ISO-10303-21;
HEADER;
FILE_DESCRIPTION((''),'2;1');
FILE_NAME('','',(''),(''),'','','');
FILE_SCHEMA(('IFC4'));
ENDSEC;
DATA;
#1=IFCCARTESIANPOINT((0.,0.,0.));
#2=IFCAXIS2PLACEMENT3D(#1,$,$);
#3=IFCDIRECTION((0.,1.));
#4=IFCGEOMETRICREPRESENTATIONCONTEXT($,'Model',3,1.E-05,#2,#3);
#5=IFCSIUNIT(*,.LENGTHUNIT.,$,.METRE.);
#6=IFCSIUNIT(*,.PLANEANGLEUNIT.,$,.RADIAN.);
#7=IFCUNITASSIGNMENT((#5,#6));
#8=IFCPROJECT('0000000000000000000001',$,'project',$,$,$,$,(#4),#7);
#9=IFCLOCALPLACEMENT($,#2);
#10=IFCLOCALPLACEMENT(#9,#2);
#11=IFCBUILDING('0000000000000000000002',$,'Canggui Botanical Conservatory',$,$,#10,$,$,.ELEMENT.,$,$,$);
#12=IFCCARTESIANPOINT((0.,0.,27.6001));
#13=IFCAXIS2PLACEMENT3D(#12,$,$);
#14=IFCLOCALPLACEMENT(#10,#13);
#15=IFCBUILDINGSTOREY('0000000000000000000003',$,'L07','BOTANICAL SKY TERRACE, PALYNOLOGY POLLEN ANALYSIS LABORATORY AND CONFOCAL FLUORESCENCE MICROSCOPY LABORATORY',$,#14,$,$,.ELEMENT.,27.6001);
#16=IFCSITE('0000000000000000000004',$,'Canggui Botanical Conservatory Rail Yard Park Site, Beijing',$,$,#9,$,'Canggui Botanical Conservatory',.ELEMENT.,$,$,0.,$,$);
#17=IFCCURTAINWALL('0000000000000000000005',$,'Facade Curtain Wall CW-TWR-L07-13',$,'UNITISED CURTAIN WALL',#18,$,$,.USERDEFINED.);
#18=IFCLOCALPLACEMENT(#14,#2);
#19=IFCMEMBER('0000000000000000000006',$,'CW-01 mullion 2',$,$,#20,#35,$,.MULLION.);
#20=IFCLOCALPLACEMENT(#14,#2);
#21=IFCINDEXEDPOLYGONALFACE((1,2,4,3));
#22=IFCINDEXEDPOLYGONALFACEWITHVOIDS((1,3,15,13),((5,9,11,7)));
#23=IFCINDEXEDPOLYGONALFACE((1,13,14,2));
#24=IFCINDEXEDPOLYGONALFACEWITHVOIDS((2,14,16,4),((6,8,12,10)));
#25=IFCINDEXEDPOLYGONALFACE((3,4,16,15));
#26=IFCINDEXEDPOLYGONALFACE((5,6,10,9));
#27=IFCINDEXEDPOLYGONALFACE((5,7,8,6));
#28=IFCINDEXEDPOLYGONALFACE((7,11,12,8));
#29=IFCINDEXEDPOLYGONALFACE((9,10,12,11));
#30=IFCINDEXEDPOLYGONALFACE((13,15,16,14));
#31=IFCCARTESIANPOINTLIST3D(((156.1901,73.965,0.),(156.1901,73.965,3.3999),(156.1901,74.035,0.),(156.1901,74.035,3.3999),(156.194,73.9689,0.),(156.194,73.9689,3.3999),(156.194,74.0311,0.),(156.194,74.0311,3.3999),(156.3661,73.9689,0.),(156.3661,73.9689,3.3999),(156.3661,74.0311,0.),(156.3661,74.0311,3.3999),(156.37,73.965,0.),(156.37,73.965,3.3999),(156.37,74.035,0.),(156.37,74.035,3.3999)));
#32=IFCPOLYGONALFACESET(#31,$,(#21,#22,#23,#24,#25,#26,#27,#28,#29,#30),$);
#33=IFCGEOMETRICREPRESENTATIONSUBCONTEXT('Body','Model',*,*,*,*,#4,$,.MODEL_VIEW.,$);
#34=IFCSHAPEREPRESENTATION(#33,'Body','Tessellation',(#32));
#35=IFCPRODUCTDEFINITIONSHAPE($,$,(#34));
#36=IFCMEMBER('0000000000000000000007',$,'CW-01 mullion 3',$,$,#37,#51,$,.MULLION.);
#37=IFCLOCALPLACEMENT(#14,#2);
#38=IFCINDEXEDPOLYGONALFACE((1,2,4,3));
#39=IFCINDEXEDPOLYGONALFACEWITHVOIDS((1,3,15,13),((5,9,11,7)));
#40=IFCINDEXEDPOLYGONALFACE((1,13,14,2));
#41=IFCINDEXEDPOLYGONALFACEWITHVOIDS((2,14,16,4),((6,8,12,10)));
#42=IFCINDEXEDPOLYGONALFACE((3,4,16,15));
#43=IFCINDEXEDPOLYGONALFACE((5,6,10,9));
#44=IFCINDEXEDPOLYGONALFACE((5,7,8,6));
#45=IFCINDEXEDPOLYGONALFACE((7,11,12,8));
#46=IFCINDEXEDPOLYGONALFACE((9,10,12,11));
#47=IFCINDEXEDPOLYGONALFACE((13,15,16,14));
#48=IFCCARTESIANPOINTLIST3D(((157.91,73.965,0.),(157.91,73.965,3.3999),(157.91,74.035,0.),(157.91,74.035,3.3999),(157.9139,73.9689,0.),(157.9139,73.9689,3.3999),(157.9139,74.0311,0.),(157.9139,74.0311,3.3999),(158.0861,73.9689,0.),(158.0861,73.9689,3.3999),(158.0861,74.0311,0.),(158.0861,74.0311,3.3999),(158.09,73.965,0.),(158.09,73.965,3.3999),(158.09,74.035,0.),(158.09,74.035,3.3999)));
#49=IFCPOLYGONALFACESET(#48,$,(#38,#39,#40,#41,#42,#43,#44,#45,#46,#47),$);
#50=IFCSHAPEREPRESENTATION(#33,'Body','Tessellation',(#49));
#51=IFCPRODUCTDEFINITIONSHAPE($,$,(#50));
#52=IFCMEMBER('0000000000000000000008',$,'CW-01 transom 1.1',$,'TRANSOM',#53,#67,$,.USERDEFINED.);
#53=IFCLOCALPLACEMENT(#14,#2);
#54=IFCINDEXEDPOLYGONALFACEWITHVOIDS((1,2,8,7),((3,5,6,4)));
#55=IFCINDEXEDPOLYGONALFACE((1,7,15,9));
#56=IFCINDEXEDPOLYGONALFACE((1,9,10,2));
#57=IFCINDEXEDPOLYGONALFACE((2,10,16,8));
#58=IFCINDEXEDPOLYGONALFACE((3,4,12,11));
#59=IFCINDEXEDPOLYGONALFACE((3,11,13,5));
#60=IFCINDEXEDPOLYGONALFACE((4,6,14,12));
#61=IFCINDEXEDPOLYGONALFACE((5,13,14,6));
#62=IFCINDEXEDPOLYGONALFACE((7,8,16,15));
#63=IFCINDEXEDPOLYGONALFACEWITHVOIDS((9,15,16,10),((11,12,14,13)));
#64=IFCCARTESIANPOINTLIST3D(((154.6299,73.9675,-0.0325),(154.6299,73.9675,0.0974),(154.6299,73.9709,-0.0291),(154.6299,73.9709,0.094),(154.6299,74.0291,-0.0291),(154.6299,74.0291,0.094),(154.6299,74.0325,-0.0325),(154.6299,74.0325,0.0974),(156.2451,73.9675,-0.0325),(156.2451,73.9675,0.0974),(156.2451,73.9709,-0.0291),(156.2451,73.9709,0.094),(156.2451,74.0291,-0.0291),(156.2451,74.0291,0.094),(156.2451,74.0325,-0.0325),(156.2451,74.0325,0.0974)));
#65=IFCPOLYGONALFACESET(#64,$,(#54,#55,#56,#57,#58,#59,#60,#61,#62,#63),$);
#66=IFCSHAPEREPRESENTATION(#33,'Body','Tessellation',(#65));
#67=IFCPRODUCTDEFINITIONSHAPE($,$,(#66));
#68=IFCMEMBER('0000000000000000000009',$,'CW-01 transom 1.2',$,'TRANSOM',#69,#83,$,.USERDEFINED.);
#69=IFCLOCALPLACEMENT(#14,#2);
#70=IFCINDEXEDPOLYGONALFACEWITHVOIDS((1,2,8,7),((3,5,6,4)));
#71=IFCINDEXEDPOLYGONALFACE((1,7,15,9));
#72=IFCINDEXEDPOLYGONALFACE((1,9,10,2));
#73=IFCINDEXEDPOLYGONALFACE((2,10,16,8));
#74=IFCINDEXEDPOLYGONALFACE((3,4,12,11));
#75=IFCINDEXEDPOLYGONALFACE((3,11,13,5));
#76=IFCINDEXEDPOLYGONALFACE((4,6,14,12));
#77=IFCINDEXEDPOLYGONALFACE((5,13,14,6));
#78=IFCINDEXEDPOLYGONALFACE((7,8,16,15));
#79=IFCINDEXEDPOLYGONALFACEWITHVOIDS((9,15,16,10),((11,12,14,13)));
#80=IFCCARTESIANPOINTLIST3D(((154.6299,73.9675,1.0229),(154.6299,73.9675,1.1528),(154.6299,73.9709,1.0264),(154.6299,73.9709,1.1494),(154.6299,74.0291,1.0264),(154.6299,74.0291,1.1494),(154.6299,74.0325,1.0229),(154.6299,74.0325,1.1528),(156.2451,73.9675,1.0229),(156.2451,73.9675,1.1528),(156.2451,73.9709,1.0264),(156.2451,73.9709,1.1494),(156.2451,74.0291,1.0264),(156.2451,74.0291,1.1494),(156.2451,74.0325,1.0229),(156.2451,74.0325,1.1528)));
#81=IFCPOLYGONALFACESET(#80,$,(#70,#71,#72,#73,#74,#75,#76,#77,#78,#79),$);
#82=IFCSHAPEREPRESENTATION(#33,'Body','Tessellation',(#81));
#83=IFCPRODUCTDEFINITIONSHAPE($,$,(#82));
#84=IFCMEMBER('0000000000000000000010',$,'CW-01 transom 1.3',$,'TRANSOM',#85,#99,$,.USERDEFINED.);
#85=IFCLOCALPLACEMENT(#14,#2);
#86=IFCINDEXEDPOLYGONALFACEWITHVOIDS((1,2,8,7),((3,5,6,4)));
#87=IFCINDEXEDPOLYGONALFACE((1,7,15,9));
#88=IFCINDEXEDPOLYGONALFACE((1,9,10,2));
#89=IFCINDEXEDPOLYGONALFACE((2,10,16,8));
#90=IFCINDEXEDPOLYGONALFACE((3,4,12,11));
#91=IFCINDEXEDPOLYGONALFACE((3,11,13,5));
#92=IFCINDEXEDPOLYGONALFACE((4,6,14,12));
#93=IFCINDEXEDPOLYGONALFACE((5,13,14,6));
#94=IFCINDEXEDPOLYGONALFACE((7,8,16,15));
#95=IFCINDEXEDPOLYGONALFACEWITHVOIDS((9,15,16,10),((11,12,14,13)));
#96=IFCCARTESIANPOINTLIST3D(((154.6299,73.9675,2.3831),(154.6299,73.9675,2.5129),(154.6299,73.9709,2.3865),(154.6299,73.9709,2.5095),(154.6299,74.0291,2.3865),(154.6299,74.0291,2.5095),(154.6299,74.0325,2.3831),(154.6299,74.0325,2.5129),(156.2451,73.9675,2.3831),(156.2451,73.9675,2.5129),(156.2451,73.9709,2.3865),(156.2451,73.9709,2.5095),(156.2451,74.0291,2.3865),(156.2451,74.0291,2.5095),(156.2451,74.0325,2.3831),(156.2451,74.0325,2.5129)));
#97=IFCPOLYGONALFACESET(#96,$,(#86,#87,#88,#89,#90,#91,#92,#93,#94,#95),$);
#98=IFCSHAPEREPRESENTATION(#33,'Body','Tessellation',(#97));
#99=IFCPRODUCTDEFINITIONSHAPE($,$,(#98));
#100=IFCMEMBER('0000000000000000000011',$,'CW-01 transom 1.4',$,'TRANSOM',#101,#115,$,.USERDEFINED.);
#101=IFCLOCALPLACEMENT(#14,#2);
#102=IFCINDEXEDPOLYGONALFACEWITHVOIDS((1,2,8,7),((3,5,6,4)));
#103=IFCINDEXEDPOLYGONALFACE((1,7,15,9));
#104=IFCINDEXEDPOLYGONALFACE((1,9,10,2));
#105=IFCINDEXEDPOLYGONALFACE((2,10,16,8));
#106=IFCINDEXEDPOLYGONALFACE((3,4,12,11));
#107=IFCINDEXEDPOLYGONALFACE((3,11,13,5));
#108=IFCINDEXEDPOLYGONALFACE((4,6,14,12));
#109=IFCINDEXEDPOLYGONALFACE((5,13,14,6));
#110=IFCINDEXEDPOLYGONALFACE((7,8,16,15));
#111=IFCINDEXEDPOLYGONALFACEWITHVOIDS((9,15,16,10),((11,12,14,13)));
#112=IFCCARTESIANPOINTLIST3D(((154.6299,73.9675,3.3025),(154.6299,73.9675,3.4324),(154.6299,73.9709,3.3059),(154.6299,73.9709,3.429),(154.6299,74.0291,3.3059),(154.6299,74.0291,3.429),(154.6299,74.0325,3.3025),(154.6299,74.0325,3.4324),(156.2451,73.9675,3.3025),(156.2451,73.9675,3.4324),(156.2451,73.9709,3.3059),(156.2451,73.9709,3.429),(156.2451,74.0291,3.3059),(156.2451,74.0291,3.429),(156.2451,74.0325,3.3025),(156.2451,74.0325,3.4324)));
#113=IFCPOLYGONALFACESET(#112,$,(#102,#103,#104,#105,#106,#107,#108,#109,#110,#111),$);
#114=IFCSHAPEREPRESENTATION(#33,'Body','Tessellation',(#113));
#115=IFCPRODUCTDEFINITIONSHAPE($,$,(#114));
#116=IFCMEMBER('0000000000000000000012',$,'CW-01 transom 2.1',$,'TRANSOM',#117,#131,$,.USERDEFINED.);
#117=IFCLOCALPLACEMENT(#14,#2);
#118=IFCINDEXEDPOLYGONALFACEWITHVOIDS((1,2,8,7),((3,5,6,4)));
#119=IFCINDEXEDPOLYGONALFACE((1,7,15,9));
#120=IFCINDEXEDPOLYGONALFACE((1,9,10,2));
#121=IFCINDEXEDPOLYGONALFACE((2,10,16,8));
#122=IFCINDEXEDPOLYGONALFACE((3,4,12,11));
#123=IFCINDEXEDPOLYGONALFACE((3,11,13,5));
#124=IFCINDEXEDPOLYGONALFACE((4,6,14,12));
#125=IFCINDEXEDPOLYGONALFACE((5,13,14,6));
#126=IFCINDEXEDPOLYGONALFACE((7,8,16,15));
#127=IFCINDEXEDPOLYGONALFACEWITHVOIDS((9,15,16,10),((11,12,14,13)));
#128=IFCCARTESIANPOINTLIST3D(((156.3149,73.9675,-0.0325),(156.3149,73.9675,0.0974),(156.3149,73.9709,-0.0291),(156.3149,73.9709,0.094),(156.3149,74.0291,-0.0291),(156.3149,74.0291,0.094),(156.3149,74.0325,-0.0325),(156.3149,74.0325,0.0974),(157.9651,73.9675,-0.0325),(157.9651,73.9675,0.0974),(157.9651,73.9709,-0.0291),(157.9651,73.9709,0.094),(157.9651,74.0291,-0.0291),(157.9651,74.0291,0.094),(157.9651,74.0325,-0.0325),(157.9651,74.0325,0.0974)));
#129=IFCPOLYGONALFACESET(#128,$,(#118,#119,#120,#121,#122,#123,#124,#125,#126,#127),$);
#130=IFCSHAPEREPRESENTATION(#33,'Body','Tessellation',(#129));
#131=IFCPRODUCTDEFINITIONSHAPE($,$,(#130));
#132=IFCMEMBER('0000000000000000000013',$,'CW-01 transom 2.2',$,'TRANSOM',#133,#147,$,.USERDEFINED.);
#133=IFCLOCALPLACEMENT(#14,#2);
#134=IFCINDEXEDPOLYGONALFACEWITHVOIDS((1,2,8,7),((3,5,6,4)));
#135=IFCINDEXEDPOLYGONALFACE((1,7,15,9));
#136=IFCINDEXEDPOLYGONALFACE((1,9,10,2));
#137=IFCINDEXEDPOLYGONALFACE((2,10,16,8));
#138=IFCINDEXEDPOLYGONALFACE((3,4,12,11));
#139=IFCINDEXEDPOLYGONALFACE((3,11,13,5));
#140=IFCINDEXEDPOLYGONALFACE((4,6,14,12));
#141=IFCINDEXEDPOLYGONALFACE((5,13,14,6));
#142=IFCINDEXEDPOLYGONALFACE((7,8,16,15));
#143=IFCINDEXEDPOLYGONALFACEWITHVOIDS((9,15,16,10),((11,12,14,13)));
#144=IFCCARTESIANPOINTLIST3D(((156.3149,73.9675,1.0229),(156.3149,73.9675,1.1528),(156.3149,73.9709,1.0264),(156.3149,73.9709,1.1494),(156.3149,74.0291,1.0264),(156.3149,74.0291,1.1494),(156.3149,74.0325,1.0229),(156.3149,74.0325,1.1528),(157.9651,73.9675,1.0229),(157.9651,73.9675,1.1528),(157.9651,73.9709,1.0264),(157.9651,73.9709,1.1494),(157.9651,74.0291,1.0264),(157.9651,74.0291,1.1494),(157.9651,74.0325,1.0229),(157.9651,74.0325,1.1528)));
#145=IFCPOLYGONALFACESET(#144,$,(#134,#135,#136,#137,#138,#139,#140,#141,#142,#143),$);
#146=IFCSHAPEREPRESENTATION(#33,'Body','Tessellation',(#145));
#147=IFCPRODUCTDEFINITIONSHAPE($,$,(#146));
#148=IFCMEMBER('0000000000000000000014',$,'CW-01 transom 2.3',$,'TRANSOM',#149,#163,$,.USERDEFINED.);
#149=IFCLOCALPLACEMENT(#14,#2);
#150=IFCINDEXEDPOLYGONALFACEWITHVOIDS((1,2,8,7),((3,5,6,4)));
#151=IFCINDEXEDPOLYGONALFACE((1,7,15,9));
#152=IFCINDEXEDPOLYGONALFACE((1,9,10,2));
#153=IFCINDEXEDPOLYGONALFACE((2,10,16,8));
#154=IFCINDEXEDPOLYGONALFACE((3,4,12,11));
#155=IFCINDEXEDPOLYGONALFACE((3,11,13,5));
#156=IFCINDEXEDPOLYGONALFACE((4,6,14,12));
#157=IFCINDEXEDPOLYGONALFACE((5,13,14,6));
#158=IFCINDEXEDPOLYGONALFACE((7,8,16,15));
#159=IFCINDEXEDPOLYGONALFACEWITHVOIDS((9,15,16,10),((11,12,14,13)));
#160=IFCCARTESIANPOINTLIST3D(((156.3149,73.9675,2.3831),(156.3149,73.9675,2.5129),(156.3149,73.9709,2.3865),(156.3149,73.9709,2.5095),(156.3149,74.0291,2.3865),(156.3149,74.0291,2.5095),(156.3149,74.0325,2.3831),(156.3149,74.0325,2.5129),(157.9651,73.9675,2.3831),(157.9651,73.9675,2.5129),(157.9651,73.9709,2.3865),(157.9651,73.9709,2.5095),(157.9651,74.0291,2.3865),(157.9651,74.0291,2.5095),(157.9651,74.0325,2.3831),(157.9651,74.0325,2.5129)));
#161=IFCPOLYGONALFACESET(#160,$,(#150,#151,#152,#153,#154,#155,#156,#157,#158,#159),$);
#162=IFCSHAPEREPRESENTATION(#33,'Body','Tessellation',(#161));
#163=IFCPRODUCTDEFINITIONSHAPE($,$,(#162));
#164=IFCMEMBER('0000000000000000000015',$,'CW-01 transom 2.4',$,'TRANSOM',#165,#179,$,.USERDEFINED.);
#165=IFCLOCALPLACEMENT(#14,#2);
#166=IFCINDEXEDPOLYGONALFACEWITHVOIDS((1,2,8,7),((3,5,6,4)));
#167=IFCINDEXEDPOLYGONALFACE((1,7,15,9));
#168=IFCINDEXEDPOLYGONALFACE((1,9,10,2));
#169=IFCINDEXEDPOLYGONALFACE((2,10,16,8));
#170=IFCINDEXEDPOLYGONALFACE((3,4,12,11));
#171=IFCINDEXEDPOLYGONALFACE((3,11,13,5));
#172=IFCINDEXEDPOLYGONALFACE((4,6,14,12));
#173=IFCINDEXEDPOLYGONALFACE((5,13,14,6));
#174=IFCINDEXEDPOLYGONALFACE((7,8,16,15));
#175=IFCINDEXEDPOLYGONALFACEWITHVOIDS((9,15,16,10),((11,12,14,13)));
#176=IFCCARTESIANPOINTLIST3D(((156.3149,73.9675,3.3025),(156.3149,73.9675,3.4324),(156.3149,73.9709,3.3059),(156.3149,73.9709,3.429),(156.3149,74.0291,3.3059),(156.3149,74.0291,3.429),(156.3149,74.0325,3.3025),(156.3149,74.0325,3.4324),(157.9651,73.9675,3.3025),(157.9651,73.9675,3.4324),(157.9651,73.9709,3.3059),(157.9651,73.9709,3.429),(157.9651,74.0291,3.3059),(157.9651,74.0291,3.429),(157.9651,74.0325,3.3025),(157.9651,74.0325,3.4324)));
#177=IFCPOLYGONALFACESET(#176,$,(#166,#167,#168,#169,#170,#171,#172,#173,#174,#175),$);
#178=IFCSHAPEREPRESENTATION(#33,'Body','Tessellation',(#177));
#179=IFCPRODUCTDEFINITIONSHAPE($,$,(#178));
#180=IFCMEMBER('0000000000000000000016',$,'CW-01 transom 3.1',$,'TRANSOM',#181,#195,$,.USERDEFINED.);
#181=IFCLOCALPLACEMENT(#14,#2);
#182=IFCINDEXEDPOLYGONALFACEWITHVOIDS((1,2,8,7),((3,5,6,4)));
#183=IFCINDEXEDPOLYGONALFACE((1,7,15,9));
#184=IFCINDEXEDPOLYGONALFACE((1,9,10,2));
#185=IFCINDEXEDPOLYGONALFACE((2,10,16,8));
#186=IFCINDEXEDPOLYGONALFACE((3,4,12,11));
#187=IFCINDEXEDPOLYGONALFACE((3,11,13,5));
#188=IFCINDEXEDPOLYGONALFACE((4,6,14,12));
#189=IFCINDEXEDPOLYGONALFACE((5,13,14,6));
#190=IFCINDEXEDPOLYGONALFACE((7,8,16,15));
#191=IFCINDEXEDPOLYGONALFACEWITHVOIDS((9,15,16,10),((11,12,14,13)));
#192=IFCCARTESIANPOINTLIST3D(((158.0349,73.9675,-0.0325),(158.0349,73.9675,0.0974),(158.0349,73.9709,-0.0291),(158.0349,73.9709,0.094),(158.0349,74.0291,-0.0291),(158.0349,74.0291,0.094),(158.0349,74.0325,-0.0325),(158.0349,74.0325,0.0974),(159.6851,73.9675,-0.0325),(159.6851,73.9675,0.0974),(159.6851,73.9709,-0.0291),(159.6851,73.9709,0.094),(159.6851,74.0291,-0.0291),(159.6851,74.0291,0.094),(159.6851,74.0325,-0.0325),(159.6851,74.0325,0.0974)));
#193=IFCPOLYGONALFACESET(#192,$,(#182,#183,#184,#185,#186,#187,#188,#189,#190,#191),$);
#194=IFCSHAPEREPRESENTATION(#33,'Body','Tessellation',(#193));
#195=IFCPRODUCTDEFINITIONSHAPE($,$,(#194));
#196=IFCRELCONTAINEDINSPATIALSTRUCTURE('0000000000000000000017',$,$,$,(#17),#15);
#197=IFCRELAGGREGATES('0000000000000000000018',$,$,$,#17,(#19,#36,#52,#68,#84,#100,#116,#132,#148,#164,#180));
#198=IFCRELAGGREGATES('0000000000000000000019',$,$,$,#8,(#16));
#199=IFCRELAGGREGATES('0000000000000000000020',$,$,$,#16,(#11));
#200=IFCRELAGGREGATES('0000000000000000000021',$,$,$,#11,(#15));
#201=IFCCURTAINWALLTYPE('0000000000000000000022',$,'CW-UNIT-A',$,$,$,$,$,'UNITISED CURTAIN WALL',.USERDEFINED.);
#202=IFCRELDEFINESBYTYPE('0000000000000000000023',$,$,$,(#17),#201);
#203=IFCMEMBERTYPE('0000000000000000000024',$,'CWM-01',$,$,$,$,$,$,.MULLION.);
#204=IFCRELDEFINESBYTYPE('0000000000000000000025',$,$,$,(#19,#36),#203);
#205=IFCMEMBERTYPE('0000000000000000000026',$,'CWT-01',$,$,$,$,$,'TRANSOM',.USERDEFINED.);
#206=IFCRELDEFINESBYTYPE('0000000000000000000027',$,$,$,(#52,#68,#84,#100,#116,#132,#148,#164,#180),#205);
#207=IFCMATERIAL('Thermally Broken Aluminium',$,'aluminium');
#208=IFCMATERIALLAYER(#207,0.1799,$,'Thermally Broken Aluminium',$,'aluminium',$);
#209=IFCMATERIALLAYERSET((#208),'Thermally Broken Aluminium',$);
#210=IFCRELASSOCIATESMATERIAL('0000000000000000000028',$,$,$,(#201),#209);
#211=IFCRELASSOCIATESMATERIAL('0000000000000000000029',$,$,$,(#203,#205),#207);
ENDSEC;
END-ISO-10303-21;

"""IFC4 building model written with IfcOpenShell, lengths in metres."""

from ifc_helpers import new_model, si_unit, direction, frame, origin, origin_2d, place, context, subcontext, project, spatial, hollow_rectangle, extrude, material, layer, layer_set, material_profile, profile_set, type_object, element, aggregate, save


model = new_model("IFC4")

# Units and contexts
model_context = context("Model", 3, precision=1e-05, world=origin(), true_north=direction((0.0, 1.0)))
body_context = subcontext(model_context, "Body", "Model", "MODEL_VIEW")
ifc_project = project(units=[si_unit("LENGTHUNIT", "METRE"), si_unit("PLANEANGLEUNIT", "RADIAN")], contexts=[model_context])

# Site, building, storey
site_placement = place(None, origin())
site = spatial("IfcSite", under=ifc_project, at=site_placement, Name="Canggui Botanical Conservatory Rail Yard Park Site, Beijing", LongName="Canggui Botanical Conservatory", CompositionType="ELEMENT", RefElevation=0.0)
building_placement = place(site_placement, origin())
building = spatial("IfcBuilding", under=site, at=building_placement, Name="Canggui Botanical Conservatory", CompositionType="ELEMENT")
storey_placement = place(building_placement, frame((0.0, 0.0, 27.6001)))
storey = spatial("IfcBuildingStorey", under=building, at=storey_placement, Name="L07", Description="BOTANICAL SKY TERRACE, PALYNOLOGY POLLEN ANALYSIS LABORATORY AND CONFOCAL FLUORESCENCE MICROSCOPY LABORATORY", CompositionType="ELEMENT", Elevation=27.6001)

# Curtain wall, members
ifc_material_1 = material(Name="Thermally Broken Aluminium", Category="aluminium")
ifc_layer_1 = layer(ifc_material_1, 0.1799, Name="Thermally Broken Aluminium", Category="aluminium")
ifc_layer_set_1 = layer_set([ifc_layer_1], Name="Thermally Broken Aluminium")
curtain_wall_type = type_object("IfcCurtainWallType", Name="CW-UNIT-A", ElementType="UNITISED CURTAIN WALL", PredefinedType="USERDEFINED", material=ifc_layer_set_1)
curtain_wall_placement = place(storey_placement, origin())
curtain_wall = element("IfcCurtainWall", 1, at=curtain_wall_placement, inside=storey, type_object=curtain_wall_type, Name="Facade Curtain Wall CW-TWR-L07-13", ObjectType="UNITISED CURTAIN WALL", PredefinedType="USERDEFINED")
ifc_material_profile_1 = material_profile(ifc_material_1, hollow_rectangle(XDim=0.0701, YDim=0.1799, WallThickness=0.0039, at=origin_2d()), Name="CWM 70x180x4")
ifc_profile_set_1 = profile_set([ifc_material_profile_1], Name="Thermally Broken Aluminium")
member_type_1 = type_object("IfcMemberType", Name="CWM-01", PredefinedType="MULLION", material=ifc_profile_set_1)
member_1_placement = place(storey_placement, frame((156.28, 74.0, 0.0), z_axis=(0.0, 0.0, 1.0), x_axis=(0.0, 1.0, 0.0)))
member_1 = element("IfcMember", 2, at=member_1_placement, type_object=member_type_1, Name="CW-01 mullion 2", PredefinedType="MULLION", context=body_context, shape_type="SweptSolid", body=[
    extrude(hollow_rectangle(XDim=0.0701, YDim=0.1799, WallThickness=0.0039, at=origin_2d()), origin(), (0.0, 0.0, 1.0), 3.3999),
])
member_2_placement = place(storey_placement, frame((158.0, 74.0, 0.0), z_axis=(0.0, 0.0, 1.0), x_axis=(0.0, 1.0, 0.0)))
member_2 = element("IfcMember", 3, at=member_2_placement, type_object=member_type_1, Name="CW-01 mullion 3", PredefinedType="MULLION", context=body_context, shape_type="SweptSolid", body=[
    extrude(hollow_rectangle(XDim=0.0701, YDim=0.1799, WallThickness=0.0039, at=origin_2d()), origin(), (0.0, 0.0, 1.0), 3.3999),
])
ifc_material_profile_2 = material_profile(ifc_material_1, hollow_rectangle(XDim=0.0649, YDim=0.1299, WallThickness=0.0034, at=origin_2d()), Name="CWT 65x130x3.5")
ifc_profile_set_2 = profile_set([ifc_material_profile_2], Name="Thermally Broken Aluminium")
member_type_2 = type_object("IfcMemberType", Name="CWT-01", ElementType="TRANSOM", PredefinedType="USERDEFINED", material=ifc_profile_set_2)
member_3_placement = place(storey_placement, frame((154.6299, 74.0, 0.0325), z_axis=(1.0, 0.0, 0.0), x_axis=(0.0, 1.0, 0.0)))
member_3 = element("IfcMember", 4, at=member_3_placement, type_object=member_type_2, Name="CW-01 transom 1.1", ObjectType="TRANSOM", PredefinedType="USERDEFINED", context=body_context, shape_type="SweptSolid", body=[
    extrude(hollow_rectangle(XDim=0.0649, YDim=0.1299, WallThickness=0.0034, at=origin_2d()), origin(), (0.0, 0.0, 1.0), 1.6152),
])
member_4_placement = place(storey_placement, frame((154.6299, 74.0, 1.0879), z_axis=(1.0, 0.0, 0.0), x_axis=(0.0, 1.0, 0.0)))
member_4 = element("IfcMember", 5, at=member_4_placement, type_object=member_type_2, Name="CW-01 transom 1.2", ObjectType="TRANSOM", PredefinedType="USERDEFINED", context=body_context, shape_type="SweptSolid", body=[
    extrude(hollow_rectangle(XDim=0.0649, YDim=0.1299, WallThickness=0.0034, at=origin_2d()), origin(), (0.0, 0.0, 1.0), 1.6152),
])
member_5_placement = place(storey_placement, frame((154.6299, 74.0, 2.448), z_axis=(1.0, 0.0, 0.0), x_axis=(0.0, 1.0, 0.0)))
member_5 = element("IfcMember", 6, at=member_5_placement, type_object=member_type_2, Name="CW-01 transom 1.3", ObjectType="TRANSOM", PredefinedType="USERDEFINED", context=body_context, shape_type="SweptSolid", body=[
    extrude(hollow_rectangle(XDim=0.0649, YDim=0.1299, WallThickness=0.0034, at=origin_2d()), origin(), (0.0, 0.0, 1.0), 1.6152),
])
member_6_placement = place(storey_placement, frame((154.6299, 74.0, 3.3674), z_axis=(1.0, 0.0, 0.0), x_axis=(0.0, 1.0, 0.0)))
member_6 = element("IfcMember", 7, at=member_6_placement, type_object=member_type_2, Name="CW-01 transom 1.4", ObjectType="TRANSOM", PredefinedType="USERDEFINED", context=body_context, shape_type="SweptSolid", body=[
    extrude(hollow_rectangle(XDim=0.0649, YDim=0.1299, WallThickness=0.0034, at=origin_2d()), origin(), (0.0, 0.0, 1.0), 1.6152),
])
member_7_placement = place(storey_placement, frame((156.3149, 74.0, 0.0325), z_axis=(1.0, 0.0, 0.0), x_axis=(0.0, 1.0, 0.0)))
member_7 = element("IfcMember", 8, at=member_7_placement, type_object=member_type_2, Name="CW-01 transom 2.1", ObjectType="TRANSOM", PredefinedType="USERDEFINED", context=body_context, shape_type="SweptSolid", body=[
    extrude(hollow_rectangle(XDim=0.0649, YDim=0.1299, WallThickness=0.0034, at=origin_2d()), origin(), (0.0, 0.0, 1.0), 1.6501),
])
member_8_placement = place(storey_placement, frame((156.3149, 74.0, 1.0879), z_axis=(1.0, 0.0, 0.0), x_axis=(0.0, 1.0, 0.0)))
member_8 = element("IfcMember", 9, at=member_8_placement, type_object=member_type_2, Name="CW-01 transom 2.2", ObjectType="TRANSOM", PredefinedType="USERDEFINED", context=body_context, shape_type="SweptSolid", body=[
    extrude(hollow_rectangle(XDim=0.0649, YDim=0.1299, WallThickness=0.0034, at=origin_2d()), origin(), (0.0, 0.0, 1.0), 1.6501),
])
member_9_placement = place(storey_placement, frame((156.3149, 74.0, 2.448), z_axis=(1.0, 0.0, 0.0), x_axis=(0.0, 1.0, 0.0)))
member_9 = element("IfcMember", 10, at=member_9_placement, type_object=member_type_2, Name="CW-01 transom 2.3", ObjectType="TRANSOM", PredefinedType="USERDEFINED", context=body_context, shape_type="SweptSolid", body=[
    extrude(hollow_rectangle(XDim=0.0649, YDim=0.1299, WallThickness=0.0034, at=origin_2d()), origin(), (0.0, 0.0, 1.0), 1.6501),
])
member_10_placement = place(storey_placement, frame((156.3149, 74.0, 3.3674), z_axis=(1.0, 0.0, 0.0), x_axis=(0.0, 1.0, 0.0)))
member_10 = element("IfcMember", 11, at=member_10_placement, type_object=member_type_2, Name="CW-01 transom 2.4", ObjectType="TRANSOM", PredefinedType="USERDEFINED", context=body_context, shape_type="SweptSolid", body=[
    extrude(hollow_rectangle(XDim=0.0649, YDim=0.1299, WallThickness=0.0034, at=origin_2d()), origin(), (0.0, 0.0, 1.0), 1.6501),
])
member_11_placement = place(storey_placement, frame((158.0349, 74.0, 0.0325), z_axis=(1.0, 0.0, 0.0), x_axis=(0.0, 1.0, 0.0)))
member_11 = element("IfcMember", 12, at=member_11_placement, type_object=member_type_2, Name="CW-01 transom 3.1", ObjectType="TRANSOM", PredefinedType="USERDEFINED", context=body_context, shape_type="SweptSolid", body=[
    extrude(hollow_rectangle(XDim=0.0649, YDim=0.1299, WallThickness=0.0034, at=origin_2d()), origin(), (0.0, 0.0, 1.0), 1.6501),
])
aggregate(curtain_wall, [member_1, member_2, member_3, member_4, member_5, member_6, member_7, member_8, member_9, member_10, member_11])

save(model, "model.ifc")
